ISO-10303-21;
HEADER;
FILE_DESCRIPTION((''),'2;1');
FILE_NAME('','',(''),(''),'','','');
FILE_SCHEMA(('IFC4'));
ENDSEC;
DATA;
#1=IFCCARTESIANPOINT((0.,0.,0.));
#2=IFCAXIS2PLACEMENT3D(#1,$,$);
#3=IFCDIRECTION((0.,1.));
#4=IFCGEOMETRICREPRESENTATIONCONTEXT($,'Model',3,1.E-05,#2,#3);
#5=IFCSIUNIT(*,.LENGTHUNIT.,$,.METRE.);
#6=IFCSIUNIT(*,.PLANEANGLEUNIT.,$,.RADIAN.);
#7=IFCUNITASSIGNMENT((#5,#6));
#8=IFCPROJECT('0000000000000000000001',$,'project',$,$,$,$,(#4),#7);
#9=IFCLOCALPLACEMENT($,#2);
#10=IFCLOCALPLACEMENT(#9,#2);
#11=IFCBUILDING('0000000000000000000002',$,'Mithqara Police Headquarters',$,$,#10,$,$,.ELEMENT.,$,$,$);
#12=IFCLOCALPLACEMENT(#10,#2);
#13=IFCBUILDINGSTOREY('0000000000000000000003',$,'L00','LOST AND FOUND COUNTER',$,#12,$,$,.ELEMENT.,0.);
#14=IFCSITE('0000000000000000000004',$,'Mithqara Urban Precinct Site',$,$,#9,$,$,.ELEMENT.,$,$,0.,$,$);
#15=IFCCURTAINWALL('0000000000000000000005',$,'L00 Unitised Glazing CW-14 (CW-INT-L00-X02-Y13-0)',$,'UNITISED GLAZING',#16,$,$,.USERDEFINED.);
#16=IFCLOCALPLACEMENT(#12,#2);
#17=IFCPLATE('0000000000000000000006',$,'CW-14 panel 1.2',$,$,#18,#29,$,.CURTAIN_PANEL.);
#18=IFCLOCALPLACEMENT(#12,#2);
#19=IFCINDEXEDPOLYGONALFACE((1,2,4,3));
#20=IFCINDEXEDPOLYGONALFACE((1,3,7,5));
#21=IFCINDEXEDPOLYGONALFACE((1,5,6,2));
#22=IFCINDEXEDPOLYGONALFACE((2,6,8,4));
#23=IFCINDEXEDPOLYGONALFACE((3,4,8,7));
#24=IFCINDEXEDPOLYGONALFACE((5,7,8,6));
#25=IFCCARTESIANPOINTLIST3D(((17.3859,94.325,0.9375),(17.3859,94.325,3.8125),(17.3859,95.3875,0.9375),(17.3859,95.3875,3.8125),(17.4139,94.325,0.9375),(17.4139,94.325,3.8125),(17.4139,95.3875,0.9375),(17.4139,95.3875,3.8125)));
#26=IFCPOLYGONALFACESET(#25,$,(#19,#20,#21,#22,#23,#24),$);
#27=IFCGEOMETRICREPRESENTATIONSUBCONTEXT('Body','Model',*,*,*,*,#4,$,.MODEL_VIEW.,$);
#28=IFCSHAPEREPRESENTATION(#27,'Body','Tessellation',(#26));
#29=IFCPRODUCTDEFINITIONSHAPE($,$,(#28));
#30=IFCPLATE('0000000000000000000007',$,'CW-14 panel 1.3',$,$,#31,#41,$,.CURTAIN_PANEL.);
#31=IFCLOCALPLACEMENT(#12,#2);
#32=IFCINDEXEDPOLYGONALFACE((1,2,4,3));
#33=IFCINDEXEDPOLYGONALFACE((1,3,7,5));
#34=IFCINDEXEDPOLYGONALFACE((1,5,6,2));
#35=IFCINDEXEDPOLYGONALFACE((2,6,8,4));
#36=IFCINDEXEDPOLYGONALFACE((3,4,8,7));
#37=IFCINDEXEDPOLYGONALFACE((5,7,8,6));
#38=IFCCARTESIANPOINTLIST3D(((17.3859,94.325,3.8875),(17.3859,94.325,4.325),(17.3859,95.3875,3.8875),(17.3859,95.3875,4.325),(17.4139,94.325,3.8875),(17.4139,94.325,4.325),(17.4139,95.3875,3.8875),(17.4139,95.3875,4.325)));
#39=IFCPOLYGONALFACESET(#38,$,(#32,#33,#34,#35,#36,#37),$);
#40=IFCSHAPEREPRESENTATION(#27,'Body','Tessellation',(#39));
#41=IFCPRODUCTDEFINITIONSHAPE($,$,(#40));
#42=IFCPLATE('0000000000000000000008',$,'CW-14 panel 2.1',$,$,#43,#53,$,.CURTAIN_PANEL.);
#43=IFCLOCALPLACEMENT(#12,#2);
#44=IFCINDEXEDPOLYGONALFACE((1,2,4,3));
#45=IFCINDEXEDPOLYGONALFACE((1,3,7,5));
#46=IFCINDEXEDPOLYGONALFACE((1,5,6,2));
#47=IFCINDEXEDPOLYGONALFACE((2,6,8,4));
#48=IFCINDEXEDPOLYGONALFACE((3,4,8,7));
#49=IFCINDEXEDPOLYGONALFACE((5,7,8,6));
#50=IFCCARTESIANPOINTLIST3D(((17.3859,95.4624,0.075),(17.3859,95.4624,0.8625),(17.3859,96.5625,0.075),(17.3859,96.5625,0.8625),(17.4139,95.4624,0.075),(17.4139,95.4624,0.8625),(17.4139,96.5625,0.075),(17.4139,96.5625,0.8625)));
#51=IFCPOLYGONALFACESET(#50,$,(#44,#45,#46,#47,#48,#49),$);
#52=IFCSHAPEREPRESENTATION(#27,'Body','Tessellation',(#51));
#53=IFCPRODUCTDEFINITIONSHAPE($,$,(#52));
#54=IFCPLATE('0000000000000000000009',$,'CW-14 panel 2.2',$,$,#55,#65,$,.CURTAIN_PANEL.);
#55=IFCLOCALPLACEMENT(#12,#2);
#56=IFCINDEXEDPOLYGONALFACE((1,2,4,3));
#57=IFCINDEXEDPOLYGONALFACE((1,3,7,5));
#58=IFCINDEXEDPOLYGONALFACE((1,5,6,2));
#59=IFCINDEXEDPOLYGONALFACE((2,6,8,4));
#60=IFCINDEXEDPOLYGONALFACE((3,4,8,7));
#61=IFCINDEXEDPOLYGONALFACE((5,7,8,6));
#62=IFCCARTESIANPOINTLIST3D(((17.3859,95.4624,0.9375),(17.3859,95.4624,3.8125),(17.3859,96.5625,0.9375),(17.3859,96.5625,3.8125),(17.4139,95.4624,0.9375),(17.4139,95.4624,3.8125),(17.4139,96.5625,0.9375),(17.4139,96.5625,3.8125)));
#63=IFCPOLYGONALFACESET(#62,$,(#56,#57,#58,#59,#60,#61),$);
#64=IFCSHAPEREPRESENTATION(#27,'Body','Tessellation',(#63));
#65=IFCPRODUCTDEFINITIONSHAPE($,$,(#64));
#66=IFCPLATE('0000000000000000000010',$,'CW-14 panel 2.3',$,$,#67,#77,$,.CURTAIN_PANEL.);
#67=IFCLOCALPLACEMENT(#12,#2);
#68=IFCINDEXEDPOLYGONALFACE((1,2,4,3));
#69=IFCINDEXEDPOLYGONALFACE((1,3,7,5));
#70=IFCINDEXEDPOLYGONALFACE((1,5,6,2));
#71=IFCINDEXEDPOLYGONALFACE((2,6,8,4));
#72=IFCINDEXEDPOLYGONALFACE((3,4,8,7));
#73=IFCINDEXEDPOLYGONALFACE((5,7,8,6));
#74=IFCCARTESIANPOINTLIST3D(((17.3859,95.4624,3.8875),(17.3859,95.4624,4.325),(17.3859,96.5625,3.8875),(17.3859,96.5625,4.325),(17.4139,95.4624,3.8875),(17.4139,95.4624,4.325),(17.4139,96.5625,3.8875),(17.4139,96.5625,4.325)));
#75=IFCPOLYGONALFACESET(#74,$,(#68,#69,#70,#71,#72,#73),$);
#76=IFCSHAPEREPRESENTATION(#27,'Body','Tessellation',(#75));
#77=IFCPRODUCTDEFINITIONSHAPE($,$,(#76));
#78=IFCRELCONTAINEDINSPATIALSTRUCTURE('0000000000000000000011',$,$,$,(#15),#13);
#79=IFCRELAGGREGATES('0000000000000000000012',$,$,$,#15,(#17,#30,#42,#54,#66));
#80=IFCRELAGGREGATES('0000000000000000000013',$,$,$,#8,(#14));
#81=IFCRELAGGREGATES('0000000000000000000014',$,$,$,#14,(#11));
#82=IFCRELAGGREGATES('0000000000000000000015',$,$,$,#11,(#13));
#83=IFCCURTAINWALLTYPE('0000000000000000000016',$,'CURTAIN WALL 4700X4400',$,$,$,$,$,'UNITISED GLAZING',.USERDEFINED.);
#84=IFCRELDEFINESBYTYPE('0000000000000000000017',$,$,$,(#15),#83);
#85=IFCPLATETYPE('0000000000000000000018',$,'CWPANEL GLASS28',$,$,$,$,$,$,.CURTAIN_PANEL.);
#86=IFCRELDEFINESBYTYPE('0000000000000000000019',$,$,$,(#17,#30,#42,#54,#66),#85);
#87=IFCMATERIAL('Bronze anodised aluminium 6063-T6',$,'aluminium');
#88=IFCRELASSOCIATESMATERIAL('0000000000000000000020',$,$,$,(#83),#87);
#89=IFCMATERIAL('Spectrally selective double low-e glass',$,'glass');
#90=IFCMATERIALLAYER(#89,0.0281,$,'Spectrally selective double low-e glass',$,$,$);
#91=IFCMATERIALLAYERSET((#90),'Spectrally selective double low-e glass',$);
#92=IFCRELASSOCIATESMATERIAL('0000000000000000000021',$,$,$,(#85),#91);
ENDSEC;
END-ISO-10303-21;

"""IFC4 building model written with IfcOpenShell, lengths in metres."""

from ifc_helpers import new_model, si_unit, direction, frame, origin, origin_2d, place, context, subcontext, project, spatial, rectangle, extrude, material, layer, layer_set, type_object, element, aggregate, save


model = new_model("IFC4")

# Units and contexts
model_context = context("Model", 3, precision=1e-05, world=origin(), true_north=direction((0.0, 1.0)))
body_context = subcontext(model_context, "Body", "Model", "MODEL_VIEW")
ifc_project = project(units=[si_unit("LENGTHUNIT", "METRE"), si_unit("PLANEANGLEUNIT", "RADIAN")], contexts=[model_context])

# Site, building, storey
site_placement = place(None, origin())
site = spatial("IfcSite", under=ifc_project, at=site_placement, Name="Mithqara Urban Precinct Site", CompositionType="ELEMENT", RefElevation=0.0)
building_placement = place(site_placement, origin())
building = spatial("IfcBuilding", under=site, at=building_placement, Name="Mithqara Police Headquarters", CompositionType="ELEMENT")
storey_placement = place(building_placement, origin())
storey = spatial("IfcBuildingStorey", under=building, at=storey_placement, Name="L00", Description="LOST AND FOUND COUNTER", CompositionType="ELEMENT", Elevation=0.0)

# Curtain wall
ifc_material_1 = material(Name="Bronze anodised aluminium 6063-T6", Category="aluminium")
curtain_wall_type = type_object("IfcCurtainWallType", Name="CURTAIN WALL 4700X4400", ElementType="UNITISED GLAZING", PredefinedType="USERDEFINED", material=ifc_material_1)
curtain_wall_1_placement = place(storey_placement, origin())
curtain_wall_1 = element("IfcCurtainWall", 1, at=curtain_wall_1_placement, inside=storey, type_object=curtain_wall_type, Name="L00 Unitised Glazing CW-14 (CW-INT-L00-X02-Y13-0)", ObjectType="UNITISED GLAZING", PredefinedType="USERDEFINED")

# Plates
ifc_material_2 = material(Name="Spectrally selective double low-e glass", Category="glass")
ifc_layer = layer(ifc_material_2, 0.0281, Name="Spectrally selective double low-e glass")
ifc_layer_set = layer_set([ifc_layer], Name="Spectrally selective double low-e glass")
plate_type = type_object("IfcPlateType", Name="CWPANEL GLASS28", PredefinedType="CURTAIN_PANEL", material=ifc_layer_set)
plate_1_placement = place(storey_placement, frame((17.3999, 94.8562, 0.9375), z_axis=(0.0, 0.0, 1.0), x_axis=(0.0, 1.0, 0.0)))
plate_1 = element("IfcPlate", 2, at=plate_1_placement, type_object=plate_type, Name="CW-14 panel 1.2", PredefinedType="CURTAIN_PANEL", context=body_context, shape_type="SweptSolid", body=[
    extrude(rectangle(XDim=1.0625, YDim=0.0281, at=origin_2d()), origin(), (0.0, 0.0, 1.0), 2.875),
])
plate_2_placement = place(storey_placement, frame((17.3999, 94.8562, 3.8875), z_axis=(0.0, 0.0, 1.0), x_axis=(0.0, 1.0, 0.0)))
plate_2 = element("IfcPlate", 3, at=plate_2_placement, type_object=plate_type, Name="CW-14 panel 1.3", PredefinedType="CURTAIN_PANEL", context=body_context, shape_type="SweptSolid", body=[
    extrude(rectangle(XDim=1.0625, YDim=0.0281, at=origin_2d()), origin(), (0.0, 0.0, 1.0), 0.4375),
])
plate_3_placement = place(storey_placement, frame((17.3999, 96.0125, 0.075), z_axis=(0.0, 0.0, 1.0), x_axis=(0.0, 1.0, 0.0)))
plate_3 = element("IfcPlate", 4, at=plate_3_placement, type_object=plate_type, Name="CW-14 panel 2.1", PredefinedType="CURTAIN_PANEL", context=body_context, shape_type="SweptSolid", body=[
    extrude(rectangle(XDim=1.1001, YDim=0.0281, at=origin_2d()), origin(), (0.0, 0.0, 1.0), 0.7876),
])
plate_4_placement = place(storey_placement, frame((17.3999, 96.0125, 0.9375), z_axis=(0.0, 0.0, 1.0), x_axis=(0.0, 1.0, 0.0)))
plate_4 = element("IfcPlate", 5, at=plate_4_placement, type_object=plate_type, Name="CW-14 panel 2.2", PredefinedType="CURTAIN_PANEL", context=body_context, shape_type="SweptSolid", body=[
    extrude(rectangle(XDim=1.1001, YDim=0.0281, at=origin_2d()), origin(), (0.0, 0.0, 1.0), 2.875),
])
plate_5_placement = place(storey_placement, frame((17.3999, 96.0125, 3.8875), z_axis=(0.0, 0.0, 1.0), x_axis=(0.0, 1.0, 0.0)))
plate_5 = element("IfcPlate", 6, at=plate_5_placement, type_object=plate_type, Name="CW-14 panel 2.3", PredefinedType="CURTAIN_PANEL", context=body_context, shape_type="SweptSolid", body=[
    extrude(rectangle(XDim=1.1001, YDim=0.0281, at=origin_2d()), origin(), (0.0, 0.0, 1.0), 0.4375),
])
aggregate(curtain_wall_1, [plate_1, plate_2, plate_3, plate_4, plate_5])

save(model, "model.ifc")
